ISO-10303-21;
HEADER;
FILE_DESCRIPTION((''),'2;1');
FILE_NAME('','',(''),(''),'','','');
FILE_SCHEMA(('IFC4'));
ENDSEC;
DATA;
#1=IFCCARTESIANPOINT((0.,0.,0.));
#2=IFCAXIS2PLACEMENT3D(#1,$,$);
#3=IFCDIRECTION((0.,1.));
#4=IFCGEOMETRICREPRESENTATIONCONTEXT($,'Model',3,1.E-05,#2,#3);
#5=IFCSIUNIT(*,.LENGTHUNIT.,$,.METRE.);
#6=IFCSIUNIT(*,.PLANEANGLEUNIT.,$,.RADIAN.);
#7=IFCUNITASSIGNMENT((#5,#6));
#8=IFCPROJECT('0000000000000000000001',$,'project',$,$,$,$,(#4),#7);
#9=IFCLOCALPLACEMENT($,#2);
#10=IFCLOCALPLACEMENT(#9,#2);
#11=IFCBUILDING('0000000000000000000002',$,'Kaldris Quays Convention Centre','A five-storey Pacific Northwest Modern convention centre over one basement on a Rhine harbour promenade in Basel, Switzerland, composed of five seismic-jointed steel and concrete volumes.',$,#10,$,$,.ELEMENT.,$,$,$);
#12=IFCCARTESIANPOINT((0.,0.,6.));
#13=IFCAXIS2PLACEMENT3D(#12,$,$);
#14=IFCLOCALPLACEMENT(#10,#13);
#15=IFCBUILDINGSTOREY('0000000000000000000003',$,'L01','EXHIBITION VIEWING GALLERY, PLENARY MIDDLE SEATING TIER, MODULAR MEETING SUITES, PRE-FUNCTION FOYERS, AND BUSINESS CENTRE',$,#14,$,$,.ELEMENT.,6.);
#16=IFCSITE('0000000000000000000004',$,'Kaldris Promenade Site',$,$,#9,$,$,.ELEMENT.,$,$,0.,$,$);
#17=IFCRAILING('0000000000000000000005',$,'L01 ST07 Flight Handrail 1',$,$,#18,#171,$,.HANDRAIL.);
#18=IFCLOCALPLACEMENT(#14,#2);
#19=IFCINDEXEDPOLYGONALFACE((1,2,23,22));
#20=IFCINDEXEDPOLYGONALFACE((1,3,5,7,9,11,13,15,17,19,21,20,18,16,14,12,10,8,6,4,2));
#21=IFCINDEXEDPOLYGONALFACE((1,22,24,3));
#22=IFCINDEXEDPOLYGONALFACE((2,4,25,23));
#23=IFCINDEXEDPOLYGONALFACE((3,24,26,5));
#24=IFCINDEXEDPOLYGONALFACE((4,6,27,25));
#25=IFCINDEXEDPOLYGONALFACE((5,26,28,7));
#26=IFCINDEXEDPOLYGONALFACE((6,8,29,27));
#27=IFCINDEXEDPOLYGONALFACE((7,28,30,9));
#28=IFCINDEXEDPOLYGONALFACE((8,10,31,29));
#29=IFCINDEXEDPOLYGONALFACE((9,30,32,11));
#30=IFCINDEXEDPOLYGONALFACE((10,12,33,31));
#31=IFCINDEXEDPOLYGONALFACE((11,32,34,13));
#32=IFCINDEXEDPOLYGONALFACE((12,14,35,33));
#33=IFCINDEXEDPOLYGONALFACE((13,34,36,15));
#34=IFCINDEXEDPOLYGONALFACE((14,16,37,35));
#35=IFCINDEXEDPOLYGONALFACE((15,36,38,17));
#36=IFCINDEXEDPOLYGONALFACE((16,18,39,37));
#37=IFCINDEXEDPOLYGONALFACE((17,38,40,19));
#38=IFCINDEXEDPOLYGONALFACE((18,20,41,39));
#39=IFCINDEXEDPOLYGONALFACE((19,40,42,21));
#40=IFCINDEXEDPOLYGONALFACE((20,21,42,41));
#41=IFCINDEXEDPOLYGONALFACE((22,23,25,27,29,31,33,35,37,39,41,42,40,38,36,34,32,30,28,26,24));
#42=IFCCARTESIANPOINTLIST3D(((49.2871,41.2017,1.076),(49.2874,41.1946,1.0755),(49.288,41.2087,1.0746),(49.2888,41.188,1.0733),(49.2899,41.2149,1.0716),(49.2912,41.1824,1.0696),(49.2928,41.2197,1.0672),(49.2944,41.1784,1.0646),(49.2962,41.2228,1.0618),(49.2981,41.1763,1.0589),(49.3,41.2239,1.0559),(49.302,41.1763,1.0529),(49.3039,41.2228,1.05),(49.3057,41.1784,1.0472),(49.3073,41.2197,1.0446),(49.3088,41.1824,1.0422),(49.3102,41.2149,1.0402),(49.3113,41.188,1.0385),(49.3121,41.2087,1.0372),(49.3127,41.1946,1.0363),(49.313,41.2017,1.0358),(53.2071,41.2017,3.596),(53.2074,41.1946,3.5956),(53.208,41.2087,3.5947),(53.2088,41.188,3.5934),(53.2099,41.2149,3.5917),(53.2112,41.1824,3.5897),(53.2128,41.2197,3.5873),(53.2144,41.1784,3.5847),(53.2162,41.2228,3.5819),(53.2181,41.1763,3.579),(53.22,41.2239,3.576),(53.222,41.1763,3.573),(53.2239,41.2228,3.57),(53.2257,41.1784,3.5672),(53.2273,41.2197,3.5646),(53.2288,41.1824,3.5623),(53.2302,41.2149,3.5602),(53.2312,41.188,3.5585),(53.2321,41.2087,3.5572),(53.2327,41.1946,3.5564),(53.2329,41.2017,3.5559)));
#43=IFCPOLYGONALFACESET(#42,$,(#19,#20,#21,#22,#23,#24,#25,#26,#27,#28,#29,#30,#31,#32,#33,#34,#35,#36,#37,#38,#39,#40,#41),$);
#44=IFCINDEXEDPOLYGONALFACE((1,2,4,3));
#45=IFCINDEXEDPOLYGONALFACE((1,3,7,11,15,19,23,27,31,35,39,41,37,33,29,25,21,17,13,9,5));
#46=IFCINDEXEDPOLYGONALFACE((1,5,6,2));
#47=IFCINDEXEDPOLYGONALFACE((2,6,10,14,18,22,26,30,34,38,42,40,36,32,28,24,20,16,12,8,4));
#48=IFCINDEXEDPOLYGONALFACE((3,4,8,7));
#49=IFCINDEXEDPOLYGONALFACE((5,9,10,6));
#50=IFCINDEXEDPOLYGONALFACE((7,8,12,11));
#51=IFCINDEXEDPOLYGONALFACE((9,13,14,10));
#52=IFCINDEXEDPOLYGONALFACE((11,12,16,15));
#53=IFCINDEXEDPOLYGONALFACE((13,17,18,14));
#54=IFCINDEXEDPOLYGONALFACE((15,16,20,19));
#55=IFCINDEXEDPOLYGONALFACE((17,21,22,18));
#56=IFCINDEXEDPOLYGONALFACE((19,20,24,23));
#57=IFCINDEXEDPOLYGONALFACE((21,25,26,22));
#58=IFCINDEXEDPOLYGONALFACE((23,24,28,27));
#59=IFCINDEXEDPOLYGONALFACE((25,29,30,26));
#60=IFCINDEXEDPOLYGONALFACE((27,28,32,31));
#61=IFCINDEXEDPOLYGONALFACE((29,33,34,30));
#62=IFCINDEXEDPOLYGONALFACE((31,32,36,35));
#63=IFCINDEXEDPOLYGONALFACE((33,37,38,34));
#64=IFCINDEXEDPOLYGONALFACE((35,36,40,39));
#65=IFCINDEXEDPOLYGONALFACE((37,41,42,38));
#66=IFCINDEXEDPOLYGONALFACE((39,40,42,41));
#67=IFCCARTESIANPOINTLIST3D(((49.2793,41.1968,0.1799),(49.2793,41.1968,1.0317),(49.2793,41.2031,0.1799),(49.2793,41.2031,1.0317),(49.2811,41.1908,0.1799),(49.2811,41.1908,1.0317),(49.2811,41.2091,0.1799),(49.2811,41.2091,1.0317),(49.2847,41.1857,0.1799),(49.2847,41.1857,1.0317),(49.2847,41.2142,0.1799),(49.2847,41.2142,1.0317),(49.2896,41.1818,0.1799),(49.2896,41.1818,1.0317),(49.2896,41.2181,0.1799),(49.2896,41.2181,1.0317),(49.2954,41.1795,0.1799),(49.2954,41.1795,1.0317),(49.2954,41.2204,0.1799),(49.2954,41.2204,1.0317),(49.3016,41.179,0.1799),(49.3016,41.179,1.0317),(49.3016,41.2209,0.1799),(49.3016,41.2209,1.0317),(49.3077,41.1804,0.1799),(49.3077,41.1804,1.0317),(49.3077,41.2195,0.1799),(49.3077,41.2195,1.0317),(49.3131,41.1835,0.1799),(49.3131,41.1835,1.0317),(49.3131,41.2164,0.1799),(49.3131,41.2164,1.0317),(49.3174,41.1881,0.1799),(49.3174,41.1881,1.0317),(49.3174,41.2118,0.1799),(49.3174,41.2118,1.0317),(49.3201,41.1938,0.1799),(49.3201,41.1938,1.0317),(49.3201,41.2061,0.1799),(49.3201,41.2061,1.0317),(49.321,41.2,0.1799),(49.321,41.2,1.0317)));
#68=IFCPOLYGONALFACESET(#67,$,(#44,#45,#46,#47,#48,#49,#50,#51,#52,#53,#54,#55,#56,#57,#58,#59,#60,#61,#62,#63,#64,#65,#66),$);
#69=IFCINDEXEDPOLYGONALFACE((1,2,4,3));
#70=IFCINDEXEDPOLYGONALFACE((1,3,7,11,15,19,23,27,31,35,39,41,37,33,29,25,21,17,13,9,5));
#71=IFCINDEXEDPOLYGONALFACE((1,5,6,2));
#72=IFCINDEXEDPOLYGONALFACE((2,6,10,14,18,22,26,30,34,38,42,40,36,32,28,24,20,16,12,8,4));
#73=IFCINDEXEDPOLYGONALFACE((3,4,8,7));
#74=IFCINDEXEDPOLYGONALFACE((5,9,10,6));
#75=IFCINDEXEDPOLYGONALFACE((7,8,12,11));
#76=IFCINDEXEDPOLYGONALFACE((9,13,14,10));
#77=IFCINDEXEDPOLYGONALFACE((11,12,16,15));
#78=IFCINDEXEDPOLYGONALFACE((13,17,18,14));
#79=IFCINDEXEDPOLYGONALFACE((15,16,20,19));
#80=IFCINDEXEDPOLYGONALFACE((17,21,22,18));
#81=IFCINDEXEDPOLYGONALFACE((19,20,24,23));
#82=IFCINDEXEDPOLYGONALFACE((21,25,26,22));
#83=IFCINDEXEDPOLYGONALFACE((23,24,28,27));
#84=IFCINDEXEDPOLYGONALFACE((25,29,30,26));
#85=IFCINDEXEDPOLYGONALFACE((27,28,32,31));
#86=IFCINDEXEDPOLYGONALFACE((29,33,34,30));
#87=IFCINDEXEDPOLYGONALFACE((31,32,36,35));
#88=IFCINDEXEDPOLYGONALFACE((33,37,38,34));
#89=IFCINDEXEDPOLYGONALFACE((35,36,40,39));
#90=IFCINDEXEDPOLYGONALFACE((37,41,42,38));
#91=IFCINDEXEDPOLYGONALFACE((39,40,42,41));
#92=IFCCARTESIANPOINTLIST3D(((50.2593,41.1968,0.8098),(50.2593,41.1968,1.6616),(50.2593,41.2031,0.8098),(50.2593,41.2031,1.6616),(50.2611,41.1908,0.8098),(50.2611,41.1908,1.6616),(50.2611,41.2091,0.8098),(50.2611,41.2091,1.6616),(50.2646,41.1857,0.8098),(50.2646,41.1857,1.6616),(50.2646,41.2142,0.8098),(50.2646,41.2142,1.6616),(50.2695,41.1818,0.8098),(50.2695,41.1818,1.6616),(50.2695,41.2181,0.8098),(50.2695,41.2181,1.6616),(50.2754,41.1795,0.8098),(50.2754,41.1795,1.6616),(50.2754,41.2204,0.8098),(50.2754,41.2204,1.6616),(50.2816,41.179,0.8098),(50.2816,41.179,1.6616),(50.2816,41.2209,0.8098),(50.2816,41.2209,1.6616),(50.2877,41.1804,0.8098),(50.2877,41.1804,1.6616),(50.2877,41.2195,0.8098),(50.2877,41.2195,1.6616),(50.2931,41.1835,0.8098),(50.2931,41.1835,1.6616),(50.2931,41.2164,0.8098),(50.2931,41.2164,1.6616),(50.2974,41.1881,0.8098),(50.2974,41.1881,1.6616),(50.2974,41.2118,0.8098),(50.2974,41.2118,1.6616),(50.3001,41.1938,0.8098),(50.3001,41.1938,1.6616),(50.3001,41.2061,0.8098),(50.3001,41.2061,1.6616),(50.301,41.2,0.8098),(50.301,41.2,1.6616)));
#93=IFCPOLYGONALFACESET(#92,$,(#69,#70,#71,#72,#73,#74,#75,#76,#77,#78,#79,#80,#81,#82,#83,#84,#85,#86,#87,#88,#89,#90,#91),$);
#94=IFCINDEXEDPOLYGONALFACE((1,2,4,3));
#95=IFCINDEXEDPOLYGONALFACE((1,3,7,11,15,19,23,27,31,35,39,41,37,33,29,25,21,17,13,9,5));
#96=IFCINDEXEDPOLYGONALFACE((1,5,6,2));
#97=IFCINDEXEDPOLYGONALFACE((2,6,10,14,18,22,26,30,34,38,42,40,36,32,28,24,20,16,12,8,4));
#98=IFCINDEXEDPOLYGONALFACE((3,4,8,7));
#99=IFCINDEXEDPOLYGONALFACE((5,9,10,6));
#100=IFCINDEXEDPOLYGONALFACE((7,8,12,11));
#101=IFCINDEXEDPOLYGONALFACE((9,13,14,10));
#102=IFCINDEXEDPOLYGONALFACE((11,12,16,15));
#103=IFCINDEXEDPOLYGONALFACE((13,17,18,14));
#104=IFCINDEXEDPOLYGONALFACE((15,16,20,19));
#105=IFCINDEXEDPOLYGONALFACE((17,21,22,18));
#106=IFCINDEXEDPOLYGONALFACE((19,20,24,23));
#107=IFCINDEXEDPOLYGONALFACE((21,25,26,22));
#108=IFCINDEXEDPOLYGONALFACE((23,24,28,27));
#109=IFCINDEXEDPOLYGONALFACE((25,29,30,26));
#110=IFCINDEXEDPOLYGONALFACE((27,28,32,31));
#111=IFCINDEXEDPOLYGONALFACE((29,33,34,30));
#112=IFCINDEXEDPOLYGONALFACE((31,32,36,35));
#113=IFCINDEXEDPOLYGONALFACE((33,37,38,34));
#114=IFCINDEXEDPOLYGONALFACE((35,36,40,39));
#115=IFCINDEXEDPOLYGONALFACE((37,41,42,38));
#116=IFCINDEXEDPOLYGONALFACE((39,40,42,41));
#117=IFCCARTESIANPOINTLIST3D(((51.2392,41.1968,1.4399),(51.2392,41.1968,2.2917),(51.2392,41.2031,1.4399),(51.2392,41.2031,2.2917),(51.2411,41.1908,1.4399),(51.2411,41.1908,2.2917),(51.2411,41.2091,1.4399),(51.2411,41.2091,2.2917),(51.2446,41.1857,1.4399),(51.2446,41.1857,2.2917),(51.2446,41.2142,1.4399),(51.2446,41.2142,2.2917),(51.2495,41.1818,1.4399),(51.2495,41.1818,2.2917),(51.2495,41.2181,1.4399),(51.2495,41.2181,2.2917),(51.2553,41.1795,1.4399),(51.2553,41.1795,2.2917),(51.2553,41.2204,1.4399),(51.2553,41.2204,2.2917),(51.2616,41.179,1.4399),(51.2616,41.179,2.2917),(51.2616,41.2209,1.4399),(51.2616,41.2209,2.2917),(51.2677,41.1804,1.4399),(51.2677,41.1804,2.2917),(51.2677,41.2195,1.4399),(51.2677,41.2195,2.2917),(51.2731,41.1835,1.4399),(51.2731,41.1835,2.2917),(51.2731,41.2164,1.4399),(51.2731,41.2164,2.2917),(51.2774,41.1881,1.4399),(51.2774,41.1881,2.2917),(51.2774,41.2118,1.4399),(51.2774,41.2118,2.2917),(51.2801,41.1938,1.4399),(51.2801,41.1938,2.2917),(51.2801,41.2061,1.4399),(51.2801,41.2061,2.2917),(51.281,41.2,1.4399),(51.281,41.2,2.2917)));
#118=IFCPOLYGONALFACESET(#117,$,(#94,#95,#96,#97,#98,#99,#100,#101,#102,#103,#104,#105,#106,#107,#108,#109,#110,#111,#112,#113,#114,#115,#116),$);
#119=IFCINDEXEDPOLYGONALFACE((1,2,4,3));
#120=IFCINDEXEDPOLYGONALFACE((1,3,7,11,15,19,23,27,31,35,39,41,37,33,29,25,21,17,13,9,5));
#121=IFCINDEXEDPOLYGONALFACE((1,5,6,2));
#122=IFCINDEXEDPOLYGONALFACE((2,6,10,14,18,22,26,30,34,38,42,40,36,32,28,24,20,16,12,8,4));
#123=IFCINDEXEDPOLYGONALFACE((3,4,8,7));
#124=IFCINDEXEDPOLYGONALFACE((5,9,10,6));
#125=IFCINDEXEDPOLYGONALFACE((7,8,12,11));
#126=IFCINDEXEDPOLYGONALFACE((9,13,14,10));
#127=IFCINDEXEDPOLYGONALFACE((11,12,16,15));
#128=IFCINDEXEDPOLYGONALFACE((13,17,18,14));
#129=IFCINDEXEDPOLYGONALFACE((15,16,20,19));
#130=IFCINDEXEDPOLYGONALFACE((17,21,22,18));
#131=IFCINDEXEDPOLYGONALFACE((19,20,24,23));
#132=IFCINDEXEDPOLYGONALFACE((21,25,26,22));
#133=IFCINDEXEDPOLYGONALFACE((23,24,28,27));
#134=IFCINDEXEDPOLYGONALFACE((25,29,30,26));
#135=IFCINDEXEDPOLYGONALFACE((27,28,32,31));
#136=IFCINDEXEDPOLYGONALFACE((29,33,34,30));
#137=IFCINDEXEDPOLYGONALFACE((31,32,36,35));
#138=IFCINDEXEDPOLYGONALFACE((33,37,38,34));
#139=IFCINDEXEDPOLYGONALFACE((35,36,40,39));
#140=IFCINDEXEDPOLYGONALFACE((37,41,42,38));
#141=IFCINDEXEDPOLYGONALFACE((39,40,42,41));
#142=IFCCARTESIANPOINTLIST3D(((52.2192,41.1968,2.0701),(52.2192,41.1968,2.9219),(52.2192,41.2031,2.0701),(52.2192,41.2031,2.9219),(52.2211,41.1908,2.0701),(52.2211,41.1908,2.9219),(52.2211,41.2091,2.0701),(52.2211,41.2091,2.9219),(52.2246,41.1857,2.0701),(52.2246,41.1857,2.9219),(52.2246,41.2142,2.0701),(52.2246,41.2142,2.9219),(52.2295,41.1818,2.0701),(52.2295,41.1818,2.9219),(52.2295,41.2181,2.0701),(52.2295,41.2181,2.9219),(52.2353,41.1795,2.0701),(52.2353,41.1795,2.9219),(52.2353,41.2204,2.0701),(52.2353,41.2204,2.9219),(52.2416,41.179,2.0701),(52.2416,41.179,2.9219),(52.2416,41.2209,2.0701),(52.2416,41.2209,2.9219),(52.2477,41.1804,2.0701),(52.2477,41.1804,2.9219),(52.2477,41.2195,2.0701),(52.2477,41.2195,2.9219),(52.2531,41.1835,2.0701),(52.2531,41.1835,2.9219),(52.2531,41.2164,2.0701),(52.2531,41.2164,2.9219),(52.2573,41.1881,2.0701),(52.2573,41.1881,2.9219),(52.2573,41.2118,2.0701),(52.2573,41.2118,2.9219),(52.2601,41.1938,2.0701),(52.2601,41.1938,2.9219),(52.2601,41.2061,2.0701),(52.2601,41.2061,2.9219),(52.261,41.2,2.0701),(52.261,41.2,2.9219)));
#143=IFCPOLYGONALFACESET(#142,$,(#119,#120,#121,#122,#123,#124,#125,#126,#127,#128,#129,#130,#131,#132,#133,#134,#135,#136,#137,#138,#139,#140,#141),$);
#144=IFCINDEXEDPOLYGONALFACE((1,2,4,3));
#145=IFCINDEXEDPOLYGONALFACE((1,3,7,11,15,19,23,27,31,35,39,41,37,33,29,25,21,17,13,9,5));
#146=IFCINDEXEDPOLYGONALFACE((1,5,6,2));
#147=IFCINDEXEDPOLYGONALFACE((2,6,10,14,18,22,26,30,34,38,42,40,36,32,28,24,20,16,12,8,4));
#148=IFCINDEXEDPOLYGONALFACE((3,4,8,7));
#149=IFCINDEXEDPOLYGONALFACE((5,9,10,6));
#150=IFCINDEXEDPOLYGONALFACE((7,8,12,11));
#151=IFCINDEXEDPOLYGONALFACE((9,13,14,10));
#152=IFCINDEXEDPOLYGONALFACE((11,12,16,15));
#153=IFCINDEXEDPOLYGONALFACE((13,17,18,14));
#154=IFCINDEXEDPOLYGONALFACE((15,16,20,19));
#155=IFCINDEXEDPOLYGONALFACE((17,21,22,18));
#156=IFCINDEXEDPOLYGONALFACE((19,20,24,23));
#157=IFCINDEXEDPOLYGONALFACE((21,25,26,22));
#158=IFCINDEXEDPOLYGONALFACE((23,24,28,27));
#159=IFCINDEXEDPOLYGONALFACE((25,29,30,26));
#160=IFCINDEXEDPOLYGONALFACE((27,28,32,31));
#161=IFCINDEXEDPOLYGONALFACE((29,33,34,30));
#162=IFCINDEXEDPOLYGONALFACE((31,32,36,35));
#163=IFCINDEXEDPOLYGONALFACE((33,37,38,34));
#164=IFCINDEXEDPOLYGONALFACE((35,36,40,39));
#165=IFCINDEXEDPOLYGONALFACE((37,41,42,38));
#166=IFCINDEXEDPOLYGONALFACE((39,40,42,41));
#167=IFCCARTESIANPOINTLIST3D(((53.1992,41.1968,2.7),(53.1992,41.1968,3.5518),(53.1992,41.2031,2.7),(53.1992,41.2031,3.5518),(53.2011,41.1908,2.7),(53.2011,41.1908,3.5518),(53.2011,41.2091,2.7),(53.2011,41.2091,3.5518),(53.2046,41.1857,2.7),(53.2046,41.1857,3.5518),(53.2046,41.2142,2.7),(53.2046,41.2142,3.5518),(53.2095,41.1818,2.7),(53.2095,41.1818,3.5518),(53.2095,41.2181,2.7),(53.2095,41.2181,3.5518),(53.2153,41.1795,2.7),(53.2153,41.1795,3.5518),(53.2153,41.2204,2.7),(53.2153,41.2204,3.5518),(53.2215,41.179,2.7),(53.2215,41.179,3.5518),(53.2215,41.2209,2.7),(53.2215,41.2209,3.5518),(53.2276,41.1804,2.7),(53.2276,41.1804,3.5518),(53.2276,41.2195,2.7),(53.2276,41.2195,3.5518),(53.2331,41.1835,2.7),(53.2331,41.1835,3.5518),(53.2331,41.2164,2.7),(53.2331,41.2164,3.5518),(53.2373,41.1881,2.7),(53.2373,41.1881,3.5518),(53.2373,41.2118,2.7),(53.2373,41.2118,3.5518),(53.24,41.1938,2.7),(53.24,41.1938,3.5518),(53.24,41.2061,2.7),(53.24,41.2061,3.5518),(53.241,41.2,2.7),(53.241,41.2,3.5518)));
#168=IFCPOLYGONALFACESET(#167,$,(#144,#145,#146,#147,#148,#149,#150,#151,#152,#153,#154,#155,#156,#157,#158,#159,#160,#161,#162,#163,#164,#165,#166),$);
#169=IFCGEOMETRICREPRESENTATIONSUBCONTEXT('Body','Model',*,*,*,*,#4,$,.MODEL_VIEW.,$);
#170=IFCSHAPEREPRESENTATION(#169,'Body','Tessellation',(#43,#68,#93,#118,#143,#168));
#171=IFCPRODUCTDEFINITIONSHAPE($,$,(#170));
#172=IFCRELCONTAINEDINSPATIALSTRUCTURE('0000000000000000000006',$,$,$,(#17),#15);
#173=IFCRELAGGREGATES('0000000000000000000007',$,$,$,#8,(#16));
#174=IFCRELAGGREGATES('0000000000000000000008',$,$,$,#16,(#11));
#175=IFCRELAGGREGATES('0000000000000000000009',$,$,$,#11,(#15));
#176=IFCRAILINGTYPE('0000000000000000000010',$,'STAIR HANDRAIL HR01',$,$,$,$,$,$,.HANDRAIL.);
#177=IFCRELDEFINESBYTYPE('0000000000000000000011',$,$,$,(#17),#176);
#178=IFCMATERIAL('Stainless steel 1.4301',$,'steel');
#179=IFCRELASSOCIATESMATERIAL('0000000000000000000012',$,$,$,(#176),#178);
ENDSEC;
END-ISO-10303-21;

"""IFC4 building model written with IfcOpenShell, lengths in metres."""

from ifc_helpers import new_model, si_unit, direction, frame, origin, origin_2d, place, context, subcontext, project, spatial, circle, extrude, material, type_object, element, save


model = new_model("IFC4")

# Units and contexts
model_context = context("Model", 3, precision=1e-05, world=origin(), true_north=direction((0.0, 1.0)))
body_context = subcontext(model_context, "Body", "Model", "MODEL_VIEW")
ifc_project = project(units=[si_unit("LENGTHUNIT", "METRE"), si_unit("PLANEANGLEUNIT", "RADIAN")], contexts=[model_context])

# Site, building, storey
site_placement = place(None, origin())
site = spatial("IfcSite", under=ifc_project, at=site_placement, Name="Kaldris Promenade Site", CompositionType="ELEMENT", RefElevation=0.0)
building_placement = place(site_placement, origin())
building = spatial("IfcBuilding", under=site, at=building_placement, Name="Kaldris Quays Convention Centre", Description="A five-storey Pacific Northwest Modern convention centre over one basement on a Rhine harbour promenade in Basel, Switzerland, composed of five seismic-jointed steel and concrete volumes.", CompositionType="ELEMENT")
storey_placement = place(building_placement, frame((0.0, 0.0, 6.0)))
storey = spatial("IfcBuildingStorey", under=building, at=storey_placement, Name="L01", Description="EXHIBITION VIEWING GALLERY, PLENARY MIDDLE SEATING TIER, MODULAR MEETING SUITES, PRE-FUNCTION FOYERS, AND BUSINESS CENTRE", CompositionType="ELEMENT", Elevation=6.0)

# Railing
ifc_material_1 = material(Name="Stainless steel 1.4301", Category="steel")
railing_type_1 = type_object("IfcRailingType", Name="STAIR HANDRAIL HR01", PredefinedType="HANDRAIL", material=ifc_material_1)
railing_1_placement = place(storey_placement, frame((49.3, 41.2, 0.1799)))
element("IfcRailing", 1, at=railing_1_placement, inside=storey, type_object=railing_type_1, Name="L01 ST07 Flight Handrail 1", PredefinedType="HANDRAIL", context=body_context, shape_type="SweptSolid", body=[
    extrude(circle(Radius=0.0239, at=origin_2d()), frame((0.0, 0.0, 0.876), z_axis=(0.841172, 0.0, 0.540768), x_axis=(0.0, 1.0, 0.0)), (0.0, 0.0, 1.0), 4.6602),
    extrude(circle(Radius=0.021, at=origin_2d()), origin(), (0.0, 0.0, 1.0), 0.8518),
    extrude(circle(Radius=0.021, at=origin_2d()), frame((0.98, 0.0, 0.6299)), (0.0, 0.0, 1.0), 0.8518),
    extrude(circle(Radius=0.021, at=origin_2d()), frame((1.96, 0.0, 1.26)), (0.0, 0.0, 1.0), 0.8518),
    extrude(circle(Radius=0.021, at=origin_2d()), frame((2.9399, 0.0, 1.8901)), (0.0, 0.0, 1.0), 0.8518),
    extrude(circle(Radius=0.021, at=origin_2d()), frame((3.9199, 0.0, 2.52)), (0.0, 0.0, 1.0), 0.8518),
])

save(model, "model.ifc")
